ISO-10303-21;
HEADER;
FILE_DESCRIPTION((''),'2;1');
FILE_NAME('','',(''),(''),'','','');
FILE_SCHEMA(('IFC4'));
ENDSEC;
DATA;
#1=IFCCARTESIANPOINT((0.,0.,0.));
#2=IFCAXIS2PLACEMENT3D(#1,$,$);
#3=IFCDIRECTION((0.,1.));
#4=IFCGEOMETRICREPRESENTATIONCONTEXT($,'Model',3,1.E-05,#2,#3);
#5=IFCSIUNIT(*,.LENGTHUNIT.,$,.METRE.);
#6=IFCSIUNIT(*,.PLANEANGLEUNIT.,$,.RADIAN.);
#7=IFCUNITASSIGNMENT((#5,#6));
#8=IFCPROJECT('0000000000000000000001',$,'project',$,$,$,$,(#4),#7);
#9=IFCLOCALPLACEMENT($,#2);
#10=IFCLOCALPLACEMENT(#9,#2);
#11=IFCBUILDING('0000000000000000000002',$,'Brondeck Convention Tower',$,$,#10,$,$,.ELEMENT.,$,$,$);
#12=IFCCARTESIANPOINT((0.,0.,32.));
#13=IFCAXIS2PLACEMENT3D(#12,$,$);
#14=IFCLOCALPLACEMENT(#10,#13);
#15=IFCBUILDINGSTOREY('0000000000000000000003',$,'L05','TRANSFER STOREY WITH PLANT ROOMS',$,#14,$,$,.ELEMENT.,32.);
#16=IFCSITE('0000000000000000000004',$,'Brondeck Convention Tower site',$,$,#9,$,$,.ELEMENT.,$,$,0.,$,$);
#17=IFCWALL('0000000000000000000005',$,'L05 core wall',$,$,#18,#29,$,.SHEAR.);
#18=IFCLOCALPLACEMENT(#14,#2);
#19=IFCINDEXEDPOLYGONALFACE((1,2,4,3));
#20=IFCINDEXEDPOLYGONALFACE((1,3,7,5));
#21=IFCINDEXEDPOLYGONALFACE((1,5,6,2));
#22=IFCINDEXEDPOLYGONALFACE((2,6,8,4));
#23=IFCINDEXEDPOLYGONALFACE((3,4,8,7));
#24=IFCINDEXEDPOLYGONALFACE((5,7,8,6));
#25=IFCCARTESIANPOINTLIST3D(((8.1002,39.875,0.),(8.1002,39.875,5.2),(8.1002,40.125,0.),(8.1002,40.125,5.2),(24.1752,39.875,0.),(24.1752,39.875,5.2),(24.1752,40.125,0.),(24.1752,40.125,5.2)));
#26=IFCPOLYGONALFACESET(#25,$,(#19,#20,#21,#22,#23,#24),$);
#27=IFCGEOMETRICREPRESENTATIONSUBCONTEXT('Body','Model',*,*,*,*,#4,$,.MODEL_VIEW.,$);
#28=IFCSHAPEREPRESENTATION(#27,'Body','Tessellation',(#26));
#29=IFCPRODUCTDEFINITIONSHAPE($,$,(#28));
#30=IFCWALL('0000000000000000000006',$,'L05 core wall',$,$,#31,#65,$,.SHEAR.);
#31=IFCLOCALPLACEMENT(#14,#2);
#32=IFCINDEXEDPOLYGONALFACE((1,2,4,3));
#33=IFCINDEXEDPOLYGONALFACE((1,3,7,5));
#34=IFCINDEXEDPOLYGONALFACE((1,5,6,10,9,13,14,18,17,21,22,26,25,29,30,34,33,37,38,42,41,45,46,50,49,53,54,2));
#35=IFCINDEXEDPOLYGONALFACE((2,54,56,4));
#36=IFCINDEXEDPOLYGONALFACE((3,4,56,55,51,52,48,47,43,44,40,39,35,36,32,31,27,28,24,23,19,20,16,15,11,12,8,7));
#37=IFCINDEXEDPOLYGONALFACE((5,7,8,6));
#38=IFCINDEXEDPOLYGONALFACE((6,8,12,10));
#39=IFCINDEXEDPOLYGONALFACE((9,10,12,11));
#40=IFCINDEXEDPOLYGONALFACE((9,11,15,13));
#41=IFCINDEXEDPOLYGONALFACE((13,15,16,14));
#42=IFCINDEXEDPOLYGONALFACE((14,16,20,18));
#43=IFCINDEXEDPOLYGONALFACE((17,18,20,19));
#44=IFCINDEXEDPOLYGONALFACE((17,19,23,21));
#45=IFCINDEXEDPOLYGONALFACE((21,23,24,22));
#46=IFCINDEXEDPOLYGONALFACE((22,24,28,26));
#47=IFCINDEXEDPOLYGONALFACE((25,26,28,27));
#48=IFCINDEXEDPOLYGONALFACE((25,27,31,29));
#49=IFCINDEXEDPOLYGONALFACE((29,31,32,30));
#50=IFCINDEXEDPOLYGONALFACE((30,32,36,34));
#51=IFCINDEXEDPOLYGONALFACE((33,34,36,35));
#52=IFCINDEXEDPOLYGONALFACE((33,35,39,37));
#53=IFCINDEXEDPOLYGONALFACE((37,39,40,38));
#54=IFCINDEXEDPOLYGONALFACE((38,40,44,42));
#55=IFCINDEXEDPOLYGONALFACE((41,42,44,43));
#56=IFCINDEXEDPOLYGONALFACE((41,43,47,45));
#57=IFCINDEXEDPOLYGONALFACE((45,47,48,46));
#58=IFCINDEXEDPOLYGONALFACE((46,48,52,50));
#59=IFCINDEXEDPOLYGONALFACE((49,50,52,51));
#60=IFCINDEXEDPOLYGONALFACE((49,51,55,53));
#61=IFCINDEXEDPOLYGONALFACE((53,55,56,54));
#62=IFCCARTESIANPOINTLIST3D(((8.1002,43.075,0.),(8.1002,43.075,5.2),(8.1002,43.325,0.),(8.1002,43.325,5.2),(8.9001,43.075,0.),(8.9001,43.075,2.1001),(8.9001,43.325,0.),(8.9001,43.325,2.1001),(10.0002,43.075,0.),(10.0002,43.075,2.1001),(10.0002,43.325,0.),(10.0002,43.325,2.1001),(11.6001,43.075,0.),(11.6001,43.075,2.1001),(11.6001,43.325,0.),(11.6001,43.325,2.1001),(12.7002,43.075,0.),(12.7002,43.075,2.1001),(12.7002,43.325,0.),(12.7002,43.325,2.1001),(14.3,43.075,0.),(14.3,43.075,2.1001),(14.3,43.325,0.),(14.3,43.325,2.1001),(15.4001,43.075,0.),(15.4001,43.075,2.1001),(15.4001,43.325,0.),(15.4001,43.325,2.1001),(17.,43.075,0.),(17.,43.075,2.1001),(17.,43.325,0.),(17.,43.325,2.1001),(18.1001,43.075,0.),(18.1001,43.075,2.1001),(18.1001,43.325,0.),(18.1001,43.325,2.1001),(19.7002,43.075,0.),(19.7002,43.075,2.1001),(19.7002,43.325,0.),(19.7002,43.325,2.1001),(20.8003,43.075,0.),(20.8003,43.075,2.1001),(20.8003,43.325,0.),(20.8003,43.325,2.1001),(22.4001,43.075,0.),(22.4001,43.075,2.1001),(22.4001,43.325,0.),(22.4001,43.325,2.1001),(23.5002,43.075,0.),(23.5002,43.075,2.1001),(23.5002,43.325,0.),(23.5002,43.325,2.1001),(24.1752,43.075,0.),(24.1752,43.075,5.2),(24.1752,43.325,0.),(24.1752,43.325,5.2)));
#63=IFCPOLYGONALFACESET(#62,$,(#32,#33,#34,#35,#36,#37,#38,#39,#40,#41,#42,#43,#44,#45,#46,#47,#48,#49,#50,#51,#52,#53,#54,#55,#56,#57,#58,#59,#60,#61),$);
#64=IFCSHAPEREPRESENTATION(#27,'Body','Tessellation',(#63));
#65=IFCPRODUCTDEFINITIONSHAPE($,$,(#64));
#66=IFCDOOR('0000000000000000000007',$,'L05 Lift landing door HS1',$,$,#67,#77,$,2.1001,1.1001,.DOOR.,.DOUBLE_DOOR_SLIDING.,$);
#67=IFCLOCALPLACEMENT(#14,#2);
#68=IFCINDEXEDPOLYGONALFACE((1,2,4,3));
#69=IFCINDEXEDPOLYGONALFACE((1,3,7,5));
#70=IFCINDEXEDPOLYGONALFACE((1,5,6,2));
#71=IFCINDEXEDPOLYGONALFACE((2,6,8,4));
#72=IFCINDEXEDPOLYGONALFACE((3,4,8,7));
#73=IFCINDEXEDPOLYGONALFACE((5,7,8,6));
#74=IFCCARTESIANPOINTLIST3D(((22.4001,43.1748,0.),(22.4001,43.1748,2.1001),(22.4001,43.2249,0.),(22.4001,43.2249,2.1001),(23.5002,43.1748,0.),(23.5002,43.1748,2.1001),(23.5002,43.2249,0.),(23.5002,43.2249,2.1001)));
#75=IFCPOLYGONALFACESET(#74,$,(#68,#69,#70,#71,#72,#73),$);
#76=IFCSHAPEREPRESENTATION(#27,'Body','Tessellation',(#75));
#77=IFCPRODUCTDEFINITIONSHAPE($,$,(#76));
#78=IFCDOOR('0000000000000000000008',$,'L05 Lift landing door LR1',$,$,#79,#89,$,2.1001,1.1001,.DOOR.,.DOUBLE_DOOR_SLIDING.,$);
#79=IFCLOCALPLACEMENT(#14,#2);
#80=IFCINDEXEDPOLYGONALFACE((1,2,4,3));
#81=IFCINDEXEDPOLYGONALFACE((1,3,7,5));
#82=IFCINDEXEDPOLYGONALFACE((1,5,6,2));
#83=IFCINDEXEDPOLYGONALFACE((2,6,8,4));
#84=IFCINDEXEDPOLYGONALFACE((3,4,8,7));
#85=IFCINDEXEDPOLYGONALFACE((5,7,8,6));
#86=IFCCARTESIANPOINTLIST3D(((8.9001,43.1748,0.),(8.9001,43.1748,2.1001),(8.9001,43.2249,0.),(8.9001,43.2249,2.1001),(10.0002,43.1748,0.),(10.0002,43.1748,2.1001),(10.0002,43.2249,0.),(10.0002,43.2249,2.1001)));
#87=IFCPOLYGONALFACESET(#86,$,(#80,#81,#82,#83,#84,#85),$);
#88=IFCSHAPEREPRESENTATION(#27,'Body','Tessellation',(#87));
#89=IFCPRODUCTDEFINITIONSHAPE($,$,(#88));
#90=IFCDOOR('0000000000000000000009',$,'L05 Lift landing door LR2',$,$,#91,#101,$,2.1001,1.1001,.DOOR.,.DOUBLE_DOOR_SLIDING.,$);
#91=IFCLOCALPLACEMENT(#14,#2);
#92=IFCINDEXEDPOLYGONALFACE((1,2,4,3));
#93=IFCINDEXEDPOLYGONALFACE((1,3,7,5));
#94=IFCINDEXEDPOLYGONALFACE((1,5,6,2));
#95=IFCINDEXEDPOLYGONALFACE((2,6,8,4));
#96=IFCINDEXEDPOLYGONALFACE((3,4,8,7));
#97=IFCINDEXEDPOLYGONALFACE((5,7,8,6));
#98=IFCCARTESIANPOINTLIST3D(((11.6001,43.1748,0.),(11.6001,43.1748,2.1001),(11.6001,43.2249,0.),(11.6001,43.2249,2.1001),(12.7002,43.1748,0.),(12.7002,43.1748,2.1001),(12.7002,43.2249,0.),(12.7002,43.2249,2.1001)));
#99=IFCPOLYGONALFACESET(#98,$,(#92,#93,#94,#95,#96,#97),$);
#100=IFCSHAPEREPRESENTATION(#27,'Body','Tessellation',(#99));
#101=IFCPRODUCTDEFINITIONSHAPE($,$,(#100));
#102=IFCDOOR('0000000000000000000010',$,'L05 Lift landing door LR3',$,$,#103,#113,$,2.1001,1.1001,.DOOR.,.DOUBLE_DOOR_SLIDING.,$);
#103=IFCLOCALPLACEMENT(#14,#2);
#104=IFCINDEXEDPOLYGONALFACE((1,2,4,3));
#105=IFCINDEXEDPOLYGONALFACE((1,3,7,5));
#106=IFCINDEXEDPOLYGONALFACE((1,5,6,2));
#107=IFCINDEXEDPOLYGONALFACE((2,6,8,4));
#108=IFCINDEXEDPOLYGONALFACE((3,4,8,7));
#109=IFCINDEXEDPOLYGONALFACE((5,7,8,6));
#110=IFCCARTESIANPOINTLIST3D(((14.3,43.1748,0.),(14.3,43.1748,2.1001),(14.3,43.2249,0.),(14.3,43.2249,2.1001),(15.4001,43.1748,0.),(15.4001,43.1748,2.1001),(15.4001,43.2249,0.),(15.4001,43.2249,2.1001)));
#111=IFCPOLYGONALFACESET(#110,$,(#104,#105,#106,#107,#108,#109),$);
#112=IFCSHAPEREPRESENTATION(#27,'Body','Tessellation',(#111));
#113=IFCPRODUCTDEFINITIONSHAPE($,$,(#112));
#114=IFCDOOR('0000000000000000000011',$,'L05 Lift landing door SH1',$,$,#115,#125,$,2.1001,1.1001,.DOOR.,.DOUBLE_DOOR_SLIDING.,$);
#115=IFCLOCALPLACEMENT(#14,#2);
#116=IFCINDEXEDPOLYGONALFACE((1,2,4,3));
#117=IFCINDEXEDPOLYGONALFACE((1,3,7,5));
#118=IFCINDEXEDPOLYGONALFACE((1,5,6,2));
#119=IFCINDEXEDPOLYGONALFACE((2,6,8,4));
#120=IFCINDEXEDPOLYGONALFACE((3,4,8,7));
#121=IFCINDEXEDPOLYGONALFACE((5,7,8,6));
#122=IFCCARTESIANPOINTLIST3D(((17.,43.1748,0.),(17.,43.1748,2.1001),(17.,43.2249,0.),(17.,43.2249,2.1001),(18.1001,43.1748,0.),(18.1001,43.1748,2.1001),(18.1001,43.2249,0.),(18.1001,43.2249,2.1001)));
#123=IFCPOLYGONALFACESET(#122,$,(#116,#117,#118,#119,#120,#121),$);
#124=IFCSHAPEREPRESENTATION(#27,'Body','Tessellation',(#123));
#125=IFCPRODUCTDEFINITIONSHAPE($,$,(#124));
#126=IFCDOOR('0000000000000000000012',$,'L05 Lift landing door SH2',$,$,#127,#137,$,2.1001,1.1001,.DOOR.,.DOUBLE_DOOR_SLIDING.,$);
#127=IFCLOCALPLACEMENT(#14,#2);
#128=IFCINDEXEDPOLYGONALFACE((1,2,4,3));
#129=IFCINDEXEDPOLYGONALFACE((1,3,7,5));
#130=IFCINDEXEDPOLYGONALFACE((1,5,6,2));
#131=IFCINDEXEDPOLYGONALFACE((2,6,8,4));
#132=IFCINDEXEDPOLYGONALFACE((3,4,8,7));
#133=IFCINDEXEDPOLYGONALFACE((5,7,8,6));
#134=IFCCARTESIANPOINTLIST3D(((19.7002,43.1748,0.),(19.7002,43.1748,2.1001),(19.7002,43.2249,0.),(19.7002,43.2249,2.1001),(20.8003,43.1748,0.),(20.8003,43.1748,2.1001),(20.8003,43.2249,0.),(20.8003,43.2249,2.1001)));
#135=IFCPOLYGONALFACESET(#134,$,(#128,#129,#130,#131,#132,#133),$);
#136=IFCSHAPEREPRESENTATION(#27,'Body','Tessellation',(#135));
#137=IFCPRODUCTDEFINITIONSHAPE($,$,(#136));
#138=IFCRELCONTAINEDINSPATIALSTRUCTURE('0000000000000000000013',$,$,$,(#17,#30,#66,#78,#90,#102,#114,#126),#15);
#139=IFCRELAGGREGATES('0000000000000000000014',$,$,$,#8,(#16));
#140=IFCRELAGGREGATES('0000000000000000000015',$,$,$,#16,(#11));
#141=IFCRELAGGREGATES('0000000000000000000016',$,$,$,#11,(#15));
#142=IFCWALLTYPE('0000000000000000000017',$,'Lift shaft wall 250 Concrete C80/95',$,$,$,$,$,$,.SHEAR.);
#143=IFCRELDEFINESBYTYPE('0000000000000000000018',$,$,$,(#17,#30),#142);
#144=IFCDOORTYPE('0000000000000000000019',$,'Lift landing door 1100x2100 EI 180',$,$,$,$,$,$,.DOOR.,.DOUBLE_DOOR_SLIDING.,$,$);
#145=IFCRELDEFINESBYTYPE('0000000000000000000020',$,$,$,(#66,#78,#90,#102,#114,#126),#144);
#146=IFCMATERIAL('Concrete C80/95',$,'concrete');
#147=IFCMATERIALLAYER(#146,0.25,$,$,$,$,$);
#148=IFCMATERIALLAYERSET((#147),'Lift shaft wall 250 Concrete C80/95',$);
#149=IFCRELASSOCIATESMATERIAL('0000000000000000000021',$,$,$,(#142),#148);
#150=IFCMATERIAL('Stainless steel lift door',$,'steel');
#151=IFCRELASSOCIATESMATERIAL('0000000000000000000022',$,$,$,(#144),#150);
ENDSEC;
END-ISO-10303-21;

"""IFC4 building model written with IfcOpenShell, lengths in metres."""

from ifc_helpers import new_model, si_unit, direction, frame, frame_2d, origin, place, context, subcontext, project, spatial, rectangle, extrude, material, layer, layer_set, type_object, element, fill, save


model = new_model("IFC4")

# Units and contexts
model_context = context("Model", 3, precision=1e-05, world=origin(), true_north=direction((0.0, 1.0)))
body_context = subcontext(model_context, "Body", "Model", "MODEL_VIEW")
ifc_project = project(units=[si_unit("LENGTHUNIT", "METRE"), si_unit("PLANEANGLEUNIT", "RADIAN")], contexts=[model_context])

# Site, building, storey
site_placement = place(None, origin())
site = spatial("IfcSite", under=ifc_project, at=site_placement, Name="Brondeck Convention Tower site", CompositionType="ELEMENT", RefElevation=0.0)
building_placement = place(site_placement, origin())
building = spatial("IfcBuilding", under=site, at=building_placement, Name="Brondeck Convention Tower", CompositionType="ELEMENT")
storey_placement = place(building_placement, frame((0.0, 0.0, 32.0)))
storey = spatial("IfcBuildingStorey", under=building, at=storey_placement, Name="L05", Description="TRANSFER STOREY WITH PLANT ROOMS", CompositionType="ELEMENT", Elevation=32.0)

# Wall
ifc_material_1 = material(Name="Concrete C80/95", Category="concrete")
ifc_layer_1 = layer(ifc_material_1, 0.25)
ifc_layer_set_1 = layer_set([ifc_layer_1], Name="Lift shaft wall 250 Concrete C80/95")
wall_type_1 = type_object("IfcWallType", Name="Lift shaft wall 250 Concrete C80/95", PredefinedType="SHEAR", material=ifc_layer_set_1)
wall_1_placement = place(storey_placement, frame((8.1001, 40.0, 0.0), z_axis=(0.0, 0.0, 1.0), x_axis=(1.0, 0.0, 0.0)))
element("IfcWall", 1, at=wall_1_placement, inside=storey, type_object=wall_type_1, Name="L05 core wall", PredefinedType="SHEAR", context=body_context, shape_type="SweptSolid", body=[
    extrude(rectangle(XDim=16.075, YDim=0.25, at=frame_2d((8.0376, 0.0))), origin(), (0.0, 0.0, 1.0), 5.2),
])

# Wall, openings, doors
wall_2_placement = place(storey_placement, frame((8.1001, 43.2, 0.0), z_axis=(0.0, 0.0, 1.0), x_axis=(1.0, 0.0, 0.0)))
wall_2 = element("IfcWall", 2, at=wall_2_placement, inside=storey, type_object=wall_type_1, Name="L05 core wall", PredefinedType="SHEAR", context=body_context, shape_type="SweptSolid", body=[
    extrude(rectangle(XDim=16.075, YDim=0.25, at=frame_2d((8.0376, 0.0))), origin(), (0.0, 0.0, 1.0), 5.2),
])
opening_1_placement = place(wall_2_placement, frame((14.3, 0.0, 0.0)))
opening_1 = element("IfcOpeningElement", 3, at=opening_1_placement, cuts=wall_2, PredefinedType="OPENING", context=body_context, shape_type="SweptSolid", body=[
    extrude(rectangle(XDim=1.1001, YDim=2.1001, at=frame_2d((0.55, 1.05))), frame((0.0, 0.135, 0.0), z_axis=(0.0, -1.0, 0.0), x_axis=(1.0, 0.0, 0.0)), (0.0, 0.0, 1.0), 0.27),
])
opening_2_placement = place(wall_2_placement, frame((0.8, 0.0, 0.0)))
opening_2 = element("IfcOpeningElement", 4, at=opening_2_placement, cuts=wall_2, PredefinedType="OPENING", context=body_context, shape_type="SweptSolid", body=[
    extrude(rectangle(XDim=1.1001, YDim=2.1001, at=frame_2d((0.55, 1.05))), frame((0.0, 0.135, 0.0), z_axis=(0.0, -1.0, 0.0), x_axis=(1.0, 0.0, 0.0)), (0.0, 0.0, 1.0), 0.27),
])
opening_3_placement = place(wall_2_placement, frame((3.5, 0.0, 0.0)))
opening_3 = element("IfcOpeningElement", 5, at=opening_3_placement, cuts=wall_2, PredefinedType="OPENING", context=body_context, shape_type="SweptSolid", body=[
    extrude(rectangle(XDim=1.1001, YDim=2.1001, at=frame_2d((0.55, 1.05))), frame((0.0, 0.135, 0.0), z_axis=(0.0, -1.0, 0.0), x_axis=(1.0, 0.0, 0.0)), (0.0, 0.0, 1.0), 0.27),
])
opening_4_placement = place(wall_2_placement, frame((6.2, 0.0, 0.0)))
opening_4 = element("IfcOpeningElement", 6, at=opening_4_placement, cuts=wall_2, PredefinedType="OPENING", context=body_context, shape_type="SweptSolid", body=[
    extrude(rectangle(XDim=1.1001, YDim=2.1001, at=frame_2d((0.55, 1.05))), frame((0.0, 0.135, 0.0), z_axis=(0.0, -1.0, 0.0), x_axis=(1.0, 0.0, 0.0)), (0.0, 0.0, 1.0), 0.27),
])
opening_5_placement = place(wall_2_placement, frame((8.8999, 0.0, 0.0)))
opening_5 = element("IfcOpeningElement", 7, at=opening_5_placement, cuts=wall_2, PredefinedType="OPENING", context=body_context, shape_type="SweptSolid", body=[
    extrude(rectangle(XDim=1.1001, YDim=2.1001, at=frame_2d((0.55, 1.05))), frame((0.0, 0.135, 0.0), z_axis=(0.0, -1.0, 0.0), x_axis=(1.0, 0.0, 0.0)), (0.0, 0.0, 1.0), 0.27),
])
opening_6_placement = place(wall_2_placement, frame((11.6001, 0.0, 0.0)))
opening_6 = element("IfcOpeningElement", 8, at=opening_6_placement, cuts=wall_2, PredefinedType="OPENING", context=body_context, shape_type="SweptSolid", body=[
    extrude(rectangle(XDim=1.1001, YDim=2.1001, at=frame_2d((0.55, 1.05))), frame((0.0, 0.135, 0.0), z_axis=(0.0, -1.0, 0.0), x_axis=(1.0, 0.0, 0.0)), (0.0, 0.0, 1.0), 0.27),
])
ifc_material_2 = material(Name="Stainless steel lift door", Category="steel")
door_type = type_object("IfcDoorType", Name="Lift landing door 1100x2100 EI 180", OperationType="DOUBLE_DOOR_SLIDING", PredefinedType="DOOR", material=ifc_material_2)
door_1_placement = place(opening_1_placement, origin())
door_1 = element("IfcDoor", 9, at=door_1_placement, inside=storey, type_object=door_type, Name="L05 Lift landing door HS1", OperationType="DOUBLE_DOOR_SLIDING", OverallHeight=2.1001, OverallWidth=1.1001, PredefinedType="DOOR", context=body_context, shape_type="SweptSolid", body=[
    extrude(rectangle(XDim=1.1001, YDim=2.1001, at=frame_2d((0.55, 1.05))), frame((0.0, 0.0249, 0.0), z_axis=(0.0, -1.0, 0.0), x_axis=(1.0, 0.0, 0.0)), (0.0, 0.0, 1.0), 0.05),
])
fill(opening_1, door_1)
door_2_placement = place(opening_2_placement, origin())
door_2 = element("IfcDoor", 10, at=door_2_placement, inside=storey, type_object=door_type, Name="L05 Lift landing door LR1", OperationType="DOUBLE_DOOR_SLIDING", OverallHeight=2.1001, OverallWidth=1.1001, PredefinedType="DOOR", context=body_context, shape_type="SweptSolid", body=[
    extrude(rectangle(XDim=1.1001, YDim=2.1001, at=frame_2d((0.55, 1.05))), frame((0.0, 0.0249, 0.0), z_axis=(0.0, -1.0, 0.0), x_axis=(1.0, 0.0, 0.0)), (0.0, 0.0, 1.0), 0.05),
])
fill(opening_2, door_2)
door_3_placement = place(opening_3_placement, origin())
door_3 = element("IfcDoor", 11, at=door_3_placement, inside=storey, type_object=door_type, Name="L05 Lift landing door LR2", OperationType="DOUBLE_DOOR_SLIDING", OverallHeight=2.1001, OverallWidth=1.1001, PredefinedType="DOOR", context=body_context, shape_type="SweptSolid", body=[
    extrude(rectangle(XDim=1.1001, YDim=2.1001, at=frame_2d((0.55, 1.05))), frame((0.0, 0.0249, 0.0), z_axis=(0.0, -1.0, 0.0), x_axis=(1.0, 0.0, 0.0)), (0.0, 0.0, 1.0), 0.05),
])
fill(opening_3, door_3)
door_4_placement = place(opening_4_placement, origin())
door_4 = element("IfcDoor", 12, at=door_4_placement, inside=storey, type_object=door_type, Name="L05 Lift landing door LR3", OperationType="DOUBLE_DOOR_SLIDING", OverallHeight=2.1001, OverallWidth=1.1001, PredefinedType="DOOR", context=body_context, shape_type="SweptSolid", body=[
    extrude(rectangle(XDim=1.1001, YDim=2.1001, at=frame_2d((0.55, 1.05))), frame((0.0, 0.0249, 0.0), z_axis=(0.0, -1.0, 0.0), x_axis=(1.0, 0.0, 0.0)), (0.0, 0.0, 1.0), 0.05),
])
fill(opening_4, door_4)
door_5_placement = place(opening_5_placement, origin())
door_5 = element("IfcDoor", 13, at=door_5_placement, inside=storey, type_object=door_type, Name="L05 Lift landing door SH1", OperationType="DOUBLE_DOOR_SLIDING", OverallHeight=2.1001, OverallWidth=1.1001, PredefinedType="DOOR", context=body_context, shape_type="SweptSolid", body=[
    extrude(rectangle(XDim=1.1001, YDim=2.1001, at=frame_2d((0.55, 1.05))), frame((0.0, 0.0249, 0.0), z_axis=(0.0, -1.0, 0.0), x_axis=(1.0, 0.0, 0.0)), (0.0, 0.0, 1.0), 0.05),
])
fill(opening_5, door_5)
door_6_placement = place(opening_6_placement, origin())
door_6 = element("IfcDoor", 14, at=door_6_placement, inside=storey, type_object=door_type, Name="L05 Lift landing door SH2", OperationType="DOUBLE_DOOR_SLIDING", OverallHeight=2.1001, OverallWidth=1.1001, PredefinedType="DOOR", context=body_context, shape_type="SweptSolid", body=[
    extrude(rectangle(XDim=1.1001, YDim=2.1001, at=frame_2d((0.55, 1.05))), frame((0.0, 0.0249, 0.0), z_axis=(0.0, -1.0, 0.0), x_axis=(1.0, 0.0, 0.0)), (0.0, 0.0, 1.0), 0.05),
])
fill(opening_6, door_6)

save(model, "model.ifc")
